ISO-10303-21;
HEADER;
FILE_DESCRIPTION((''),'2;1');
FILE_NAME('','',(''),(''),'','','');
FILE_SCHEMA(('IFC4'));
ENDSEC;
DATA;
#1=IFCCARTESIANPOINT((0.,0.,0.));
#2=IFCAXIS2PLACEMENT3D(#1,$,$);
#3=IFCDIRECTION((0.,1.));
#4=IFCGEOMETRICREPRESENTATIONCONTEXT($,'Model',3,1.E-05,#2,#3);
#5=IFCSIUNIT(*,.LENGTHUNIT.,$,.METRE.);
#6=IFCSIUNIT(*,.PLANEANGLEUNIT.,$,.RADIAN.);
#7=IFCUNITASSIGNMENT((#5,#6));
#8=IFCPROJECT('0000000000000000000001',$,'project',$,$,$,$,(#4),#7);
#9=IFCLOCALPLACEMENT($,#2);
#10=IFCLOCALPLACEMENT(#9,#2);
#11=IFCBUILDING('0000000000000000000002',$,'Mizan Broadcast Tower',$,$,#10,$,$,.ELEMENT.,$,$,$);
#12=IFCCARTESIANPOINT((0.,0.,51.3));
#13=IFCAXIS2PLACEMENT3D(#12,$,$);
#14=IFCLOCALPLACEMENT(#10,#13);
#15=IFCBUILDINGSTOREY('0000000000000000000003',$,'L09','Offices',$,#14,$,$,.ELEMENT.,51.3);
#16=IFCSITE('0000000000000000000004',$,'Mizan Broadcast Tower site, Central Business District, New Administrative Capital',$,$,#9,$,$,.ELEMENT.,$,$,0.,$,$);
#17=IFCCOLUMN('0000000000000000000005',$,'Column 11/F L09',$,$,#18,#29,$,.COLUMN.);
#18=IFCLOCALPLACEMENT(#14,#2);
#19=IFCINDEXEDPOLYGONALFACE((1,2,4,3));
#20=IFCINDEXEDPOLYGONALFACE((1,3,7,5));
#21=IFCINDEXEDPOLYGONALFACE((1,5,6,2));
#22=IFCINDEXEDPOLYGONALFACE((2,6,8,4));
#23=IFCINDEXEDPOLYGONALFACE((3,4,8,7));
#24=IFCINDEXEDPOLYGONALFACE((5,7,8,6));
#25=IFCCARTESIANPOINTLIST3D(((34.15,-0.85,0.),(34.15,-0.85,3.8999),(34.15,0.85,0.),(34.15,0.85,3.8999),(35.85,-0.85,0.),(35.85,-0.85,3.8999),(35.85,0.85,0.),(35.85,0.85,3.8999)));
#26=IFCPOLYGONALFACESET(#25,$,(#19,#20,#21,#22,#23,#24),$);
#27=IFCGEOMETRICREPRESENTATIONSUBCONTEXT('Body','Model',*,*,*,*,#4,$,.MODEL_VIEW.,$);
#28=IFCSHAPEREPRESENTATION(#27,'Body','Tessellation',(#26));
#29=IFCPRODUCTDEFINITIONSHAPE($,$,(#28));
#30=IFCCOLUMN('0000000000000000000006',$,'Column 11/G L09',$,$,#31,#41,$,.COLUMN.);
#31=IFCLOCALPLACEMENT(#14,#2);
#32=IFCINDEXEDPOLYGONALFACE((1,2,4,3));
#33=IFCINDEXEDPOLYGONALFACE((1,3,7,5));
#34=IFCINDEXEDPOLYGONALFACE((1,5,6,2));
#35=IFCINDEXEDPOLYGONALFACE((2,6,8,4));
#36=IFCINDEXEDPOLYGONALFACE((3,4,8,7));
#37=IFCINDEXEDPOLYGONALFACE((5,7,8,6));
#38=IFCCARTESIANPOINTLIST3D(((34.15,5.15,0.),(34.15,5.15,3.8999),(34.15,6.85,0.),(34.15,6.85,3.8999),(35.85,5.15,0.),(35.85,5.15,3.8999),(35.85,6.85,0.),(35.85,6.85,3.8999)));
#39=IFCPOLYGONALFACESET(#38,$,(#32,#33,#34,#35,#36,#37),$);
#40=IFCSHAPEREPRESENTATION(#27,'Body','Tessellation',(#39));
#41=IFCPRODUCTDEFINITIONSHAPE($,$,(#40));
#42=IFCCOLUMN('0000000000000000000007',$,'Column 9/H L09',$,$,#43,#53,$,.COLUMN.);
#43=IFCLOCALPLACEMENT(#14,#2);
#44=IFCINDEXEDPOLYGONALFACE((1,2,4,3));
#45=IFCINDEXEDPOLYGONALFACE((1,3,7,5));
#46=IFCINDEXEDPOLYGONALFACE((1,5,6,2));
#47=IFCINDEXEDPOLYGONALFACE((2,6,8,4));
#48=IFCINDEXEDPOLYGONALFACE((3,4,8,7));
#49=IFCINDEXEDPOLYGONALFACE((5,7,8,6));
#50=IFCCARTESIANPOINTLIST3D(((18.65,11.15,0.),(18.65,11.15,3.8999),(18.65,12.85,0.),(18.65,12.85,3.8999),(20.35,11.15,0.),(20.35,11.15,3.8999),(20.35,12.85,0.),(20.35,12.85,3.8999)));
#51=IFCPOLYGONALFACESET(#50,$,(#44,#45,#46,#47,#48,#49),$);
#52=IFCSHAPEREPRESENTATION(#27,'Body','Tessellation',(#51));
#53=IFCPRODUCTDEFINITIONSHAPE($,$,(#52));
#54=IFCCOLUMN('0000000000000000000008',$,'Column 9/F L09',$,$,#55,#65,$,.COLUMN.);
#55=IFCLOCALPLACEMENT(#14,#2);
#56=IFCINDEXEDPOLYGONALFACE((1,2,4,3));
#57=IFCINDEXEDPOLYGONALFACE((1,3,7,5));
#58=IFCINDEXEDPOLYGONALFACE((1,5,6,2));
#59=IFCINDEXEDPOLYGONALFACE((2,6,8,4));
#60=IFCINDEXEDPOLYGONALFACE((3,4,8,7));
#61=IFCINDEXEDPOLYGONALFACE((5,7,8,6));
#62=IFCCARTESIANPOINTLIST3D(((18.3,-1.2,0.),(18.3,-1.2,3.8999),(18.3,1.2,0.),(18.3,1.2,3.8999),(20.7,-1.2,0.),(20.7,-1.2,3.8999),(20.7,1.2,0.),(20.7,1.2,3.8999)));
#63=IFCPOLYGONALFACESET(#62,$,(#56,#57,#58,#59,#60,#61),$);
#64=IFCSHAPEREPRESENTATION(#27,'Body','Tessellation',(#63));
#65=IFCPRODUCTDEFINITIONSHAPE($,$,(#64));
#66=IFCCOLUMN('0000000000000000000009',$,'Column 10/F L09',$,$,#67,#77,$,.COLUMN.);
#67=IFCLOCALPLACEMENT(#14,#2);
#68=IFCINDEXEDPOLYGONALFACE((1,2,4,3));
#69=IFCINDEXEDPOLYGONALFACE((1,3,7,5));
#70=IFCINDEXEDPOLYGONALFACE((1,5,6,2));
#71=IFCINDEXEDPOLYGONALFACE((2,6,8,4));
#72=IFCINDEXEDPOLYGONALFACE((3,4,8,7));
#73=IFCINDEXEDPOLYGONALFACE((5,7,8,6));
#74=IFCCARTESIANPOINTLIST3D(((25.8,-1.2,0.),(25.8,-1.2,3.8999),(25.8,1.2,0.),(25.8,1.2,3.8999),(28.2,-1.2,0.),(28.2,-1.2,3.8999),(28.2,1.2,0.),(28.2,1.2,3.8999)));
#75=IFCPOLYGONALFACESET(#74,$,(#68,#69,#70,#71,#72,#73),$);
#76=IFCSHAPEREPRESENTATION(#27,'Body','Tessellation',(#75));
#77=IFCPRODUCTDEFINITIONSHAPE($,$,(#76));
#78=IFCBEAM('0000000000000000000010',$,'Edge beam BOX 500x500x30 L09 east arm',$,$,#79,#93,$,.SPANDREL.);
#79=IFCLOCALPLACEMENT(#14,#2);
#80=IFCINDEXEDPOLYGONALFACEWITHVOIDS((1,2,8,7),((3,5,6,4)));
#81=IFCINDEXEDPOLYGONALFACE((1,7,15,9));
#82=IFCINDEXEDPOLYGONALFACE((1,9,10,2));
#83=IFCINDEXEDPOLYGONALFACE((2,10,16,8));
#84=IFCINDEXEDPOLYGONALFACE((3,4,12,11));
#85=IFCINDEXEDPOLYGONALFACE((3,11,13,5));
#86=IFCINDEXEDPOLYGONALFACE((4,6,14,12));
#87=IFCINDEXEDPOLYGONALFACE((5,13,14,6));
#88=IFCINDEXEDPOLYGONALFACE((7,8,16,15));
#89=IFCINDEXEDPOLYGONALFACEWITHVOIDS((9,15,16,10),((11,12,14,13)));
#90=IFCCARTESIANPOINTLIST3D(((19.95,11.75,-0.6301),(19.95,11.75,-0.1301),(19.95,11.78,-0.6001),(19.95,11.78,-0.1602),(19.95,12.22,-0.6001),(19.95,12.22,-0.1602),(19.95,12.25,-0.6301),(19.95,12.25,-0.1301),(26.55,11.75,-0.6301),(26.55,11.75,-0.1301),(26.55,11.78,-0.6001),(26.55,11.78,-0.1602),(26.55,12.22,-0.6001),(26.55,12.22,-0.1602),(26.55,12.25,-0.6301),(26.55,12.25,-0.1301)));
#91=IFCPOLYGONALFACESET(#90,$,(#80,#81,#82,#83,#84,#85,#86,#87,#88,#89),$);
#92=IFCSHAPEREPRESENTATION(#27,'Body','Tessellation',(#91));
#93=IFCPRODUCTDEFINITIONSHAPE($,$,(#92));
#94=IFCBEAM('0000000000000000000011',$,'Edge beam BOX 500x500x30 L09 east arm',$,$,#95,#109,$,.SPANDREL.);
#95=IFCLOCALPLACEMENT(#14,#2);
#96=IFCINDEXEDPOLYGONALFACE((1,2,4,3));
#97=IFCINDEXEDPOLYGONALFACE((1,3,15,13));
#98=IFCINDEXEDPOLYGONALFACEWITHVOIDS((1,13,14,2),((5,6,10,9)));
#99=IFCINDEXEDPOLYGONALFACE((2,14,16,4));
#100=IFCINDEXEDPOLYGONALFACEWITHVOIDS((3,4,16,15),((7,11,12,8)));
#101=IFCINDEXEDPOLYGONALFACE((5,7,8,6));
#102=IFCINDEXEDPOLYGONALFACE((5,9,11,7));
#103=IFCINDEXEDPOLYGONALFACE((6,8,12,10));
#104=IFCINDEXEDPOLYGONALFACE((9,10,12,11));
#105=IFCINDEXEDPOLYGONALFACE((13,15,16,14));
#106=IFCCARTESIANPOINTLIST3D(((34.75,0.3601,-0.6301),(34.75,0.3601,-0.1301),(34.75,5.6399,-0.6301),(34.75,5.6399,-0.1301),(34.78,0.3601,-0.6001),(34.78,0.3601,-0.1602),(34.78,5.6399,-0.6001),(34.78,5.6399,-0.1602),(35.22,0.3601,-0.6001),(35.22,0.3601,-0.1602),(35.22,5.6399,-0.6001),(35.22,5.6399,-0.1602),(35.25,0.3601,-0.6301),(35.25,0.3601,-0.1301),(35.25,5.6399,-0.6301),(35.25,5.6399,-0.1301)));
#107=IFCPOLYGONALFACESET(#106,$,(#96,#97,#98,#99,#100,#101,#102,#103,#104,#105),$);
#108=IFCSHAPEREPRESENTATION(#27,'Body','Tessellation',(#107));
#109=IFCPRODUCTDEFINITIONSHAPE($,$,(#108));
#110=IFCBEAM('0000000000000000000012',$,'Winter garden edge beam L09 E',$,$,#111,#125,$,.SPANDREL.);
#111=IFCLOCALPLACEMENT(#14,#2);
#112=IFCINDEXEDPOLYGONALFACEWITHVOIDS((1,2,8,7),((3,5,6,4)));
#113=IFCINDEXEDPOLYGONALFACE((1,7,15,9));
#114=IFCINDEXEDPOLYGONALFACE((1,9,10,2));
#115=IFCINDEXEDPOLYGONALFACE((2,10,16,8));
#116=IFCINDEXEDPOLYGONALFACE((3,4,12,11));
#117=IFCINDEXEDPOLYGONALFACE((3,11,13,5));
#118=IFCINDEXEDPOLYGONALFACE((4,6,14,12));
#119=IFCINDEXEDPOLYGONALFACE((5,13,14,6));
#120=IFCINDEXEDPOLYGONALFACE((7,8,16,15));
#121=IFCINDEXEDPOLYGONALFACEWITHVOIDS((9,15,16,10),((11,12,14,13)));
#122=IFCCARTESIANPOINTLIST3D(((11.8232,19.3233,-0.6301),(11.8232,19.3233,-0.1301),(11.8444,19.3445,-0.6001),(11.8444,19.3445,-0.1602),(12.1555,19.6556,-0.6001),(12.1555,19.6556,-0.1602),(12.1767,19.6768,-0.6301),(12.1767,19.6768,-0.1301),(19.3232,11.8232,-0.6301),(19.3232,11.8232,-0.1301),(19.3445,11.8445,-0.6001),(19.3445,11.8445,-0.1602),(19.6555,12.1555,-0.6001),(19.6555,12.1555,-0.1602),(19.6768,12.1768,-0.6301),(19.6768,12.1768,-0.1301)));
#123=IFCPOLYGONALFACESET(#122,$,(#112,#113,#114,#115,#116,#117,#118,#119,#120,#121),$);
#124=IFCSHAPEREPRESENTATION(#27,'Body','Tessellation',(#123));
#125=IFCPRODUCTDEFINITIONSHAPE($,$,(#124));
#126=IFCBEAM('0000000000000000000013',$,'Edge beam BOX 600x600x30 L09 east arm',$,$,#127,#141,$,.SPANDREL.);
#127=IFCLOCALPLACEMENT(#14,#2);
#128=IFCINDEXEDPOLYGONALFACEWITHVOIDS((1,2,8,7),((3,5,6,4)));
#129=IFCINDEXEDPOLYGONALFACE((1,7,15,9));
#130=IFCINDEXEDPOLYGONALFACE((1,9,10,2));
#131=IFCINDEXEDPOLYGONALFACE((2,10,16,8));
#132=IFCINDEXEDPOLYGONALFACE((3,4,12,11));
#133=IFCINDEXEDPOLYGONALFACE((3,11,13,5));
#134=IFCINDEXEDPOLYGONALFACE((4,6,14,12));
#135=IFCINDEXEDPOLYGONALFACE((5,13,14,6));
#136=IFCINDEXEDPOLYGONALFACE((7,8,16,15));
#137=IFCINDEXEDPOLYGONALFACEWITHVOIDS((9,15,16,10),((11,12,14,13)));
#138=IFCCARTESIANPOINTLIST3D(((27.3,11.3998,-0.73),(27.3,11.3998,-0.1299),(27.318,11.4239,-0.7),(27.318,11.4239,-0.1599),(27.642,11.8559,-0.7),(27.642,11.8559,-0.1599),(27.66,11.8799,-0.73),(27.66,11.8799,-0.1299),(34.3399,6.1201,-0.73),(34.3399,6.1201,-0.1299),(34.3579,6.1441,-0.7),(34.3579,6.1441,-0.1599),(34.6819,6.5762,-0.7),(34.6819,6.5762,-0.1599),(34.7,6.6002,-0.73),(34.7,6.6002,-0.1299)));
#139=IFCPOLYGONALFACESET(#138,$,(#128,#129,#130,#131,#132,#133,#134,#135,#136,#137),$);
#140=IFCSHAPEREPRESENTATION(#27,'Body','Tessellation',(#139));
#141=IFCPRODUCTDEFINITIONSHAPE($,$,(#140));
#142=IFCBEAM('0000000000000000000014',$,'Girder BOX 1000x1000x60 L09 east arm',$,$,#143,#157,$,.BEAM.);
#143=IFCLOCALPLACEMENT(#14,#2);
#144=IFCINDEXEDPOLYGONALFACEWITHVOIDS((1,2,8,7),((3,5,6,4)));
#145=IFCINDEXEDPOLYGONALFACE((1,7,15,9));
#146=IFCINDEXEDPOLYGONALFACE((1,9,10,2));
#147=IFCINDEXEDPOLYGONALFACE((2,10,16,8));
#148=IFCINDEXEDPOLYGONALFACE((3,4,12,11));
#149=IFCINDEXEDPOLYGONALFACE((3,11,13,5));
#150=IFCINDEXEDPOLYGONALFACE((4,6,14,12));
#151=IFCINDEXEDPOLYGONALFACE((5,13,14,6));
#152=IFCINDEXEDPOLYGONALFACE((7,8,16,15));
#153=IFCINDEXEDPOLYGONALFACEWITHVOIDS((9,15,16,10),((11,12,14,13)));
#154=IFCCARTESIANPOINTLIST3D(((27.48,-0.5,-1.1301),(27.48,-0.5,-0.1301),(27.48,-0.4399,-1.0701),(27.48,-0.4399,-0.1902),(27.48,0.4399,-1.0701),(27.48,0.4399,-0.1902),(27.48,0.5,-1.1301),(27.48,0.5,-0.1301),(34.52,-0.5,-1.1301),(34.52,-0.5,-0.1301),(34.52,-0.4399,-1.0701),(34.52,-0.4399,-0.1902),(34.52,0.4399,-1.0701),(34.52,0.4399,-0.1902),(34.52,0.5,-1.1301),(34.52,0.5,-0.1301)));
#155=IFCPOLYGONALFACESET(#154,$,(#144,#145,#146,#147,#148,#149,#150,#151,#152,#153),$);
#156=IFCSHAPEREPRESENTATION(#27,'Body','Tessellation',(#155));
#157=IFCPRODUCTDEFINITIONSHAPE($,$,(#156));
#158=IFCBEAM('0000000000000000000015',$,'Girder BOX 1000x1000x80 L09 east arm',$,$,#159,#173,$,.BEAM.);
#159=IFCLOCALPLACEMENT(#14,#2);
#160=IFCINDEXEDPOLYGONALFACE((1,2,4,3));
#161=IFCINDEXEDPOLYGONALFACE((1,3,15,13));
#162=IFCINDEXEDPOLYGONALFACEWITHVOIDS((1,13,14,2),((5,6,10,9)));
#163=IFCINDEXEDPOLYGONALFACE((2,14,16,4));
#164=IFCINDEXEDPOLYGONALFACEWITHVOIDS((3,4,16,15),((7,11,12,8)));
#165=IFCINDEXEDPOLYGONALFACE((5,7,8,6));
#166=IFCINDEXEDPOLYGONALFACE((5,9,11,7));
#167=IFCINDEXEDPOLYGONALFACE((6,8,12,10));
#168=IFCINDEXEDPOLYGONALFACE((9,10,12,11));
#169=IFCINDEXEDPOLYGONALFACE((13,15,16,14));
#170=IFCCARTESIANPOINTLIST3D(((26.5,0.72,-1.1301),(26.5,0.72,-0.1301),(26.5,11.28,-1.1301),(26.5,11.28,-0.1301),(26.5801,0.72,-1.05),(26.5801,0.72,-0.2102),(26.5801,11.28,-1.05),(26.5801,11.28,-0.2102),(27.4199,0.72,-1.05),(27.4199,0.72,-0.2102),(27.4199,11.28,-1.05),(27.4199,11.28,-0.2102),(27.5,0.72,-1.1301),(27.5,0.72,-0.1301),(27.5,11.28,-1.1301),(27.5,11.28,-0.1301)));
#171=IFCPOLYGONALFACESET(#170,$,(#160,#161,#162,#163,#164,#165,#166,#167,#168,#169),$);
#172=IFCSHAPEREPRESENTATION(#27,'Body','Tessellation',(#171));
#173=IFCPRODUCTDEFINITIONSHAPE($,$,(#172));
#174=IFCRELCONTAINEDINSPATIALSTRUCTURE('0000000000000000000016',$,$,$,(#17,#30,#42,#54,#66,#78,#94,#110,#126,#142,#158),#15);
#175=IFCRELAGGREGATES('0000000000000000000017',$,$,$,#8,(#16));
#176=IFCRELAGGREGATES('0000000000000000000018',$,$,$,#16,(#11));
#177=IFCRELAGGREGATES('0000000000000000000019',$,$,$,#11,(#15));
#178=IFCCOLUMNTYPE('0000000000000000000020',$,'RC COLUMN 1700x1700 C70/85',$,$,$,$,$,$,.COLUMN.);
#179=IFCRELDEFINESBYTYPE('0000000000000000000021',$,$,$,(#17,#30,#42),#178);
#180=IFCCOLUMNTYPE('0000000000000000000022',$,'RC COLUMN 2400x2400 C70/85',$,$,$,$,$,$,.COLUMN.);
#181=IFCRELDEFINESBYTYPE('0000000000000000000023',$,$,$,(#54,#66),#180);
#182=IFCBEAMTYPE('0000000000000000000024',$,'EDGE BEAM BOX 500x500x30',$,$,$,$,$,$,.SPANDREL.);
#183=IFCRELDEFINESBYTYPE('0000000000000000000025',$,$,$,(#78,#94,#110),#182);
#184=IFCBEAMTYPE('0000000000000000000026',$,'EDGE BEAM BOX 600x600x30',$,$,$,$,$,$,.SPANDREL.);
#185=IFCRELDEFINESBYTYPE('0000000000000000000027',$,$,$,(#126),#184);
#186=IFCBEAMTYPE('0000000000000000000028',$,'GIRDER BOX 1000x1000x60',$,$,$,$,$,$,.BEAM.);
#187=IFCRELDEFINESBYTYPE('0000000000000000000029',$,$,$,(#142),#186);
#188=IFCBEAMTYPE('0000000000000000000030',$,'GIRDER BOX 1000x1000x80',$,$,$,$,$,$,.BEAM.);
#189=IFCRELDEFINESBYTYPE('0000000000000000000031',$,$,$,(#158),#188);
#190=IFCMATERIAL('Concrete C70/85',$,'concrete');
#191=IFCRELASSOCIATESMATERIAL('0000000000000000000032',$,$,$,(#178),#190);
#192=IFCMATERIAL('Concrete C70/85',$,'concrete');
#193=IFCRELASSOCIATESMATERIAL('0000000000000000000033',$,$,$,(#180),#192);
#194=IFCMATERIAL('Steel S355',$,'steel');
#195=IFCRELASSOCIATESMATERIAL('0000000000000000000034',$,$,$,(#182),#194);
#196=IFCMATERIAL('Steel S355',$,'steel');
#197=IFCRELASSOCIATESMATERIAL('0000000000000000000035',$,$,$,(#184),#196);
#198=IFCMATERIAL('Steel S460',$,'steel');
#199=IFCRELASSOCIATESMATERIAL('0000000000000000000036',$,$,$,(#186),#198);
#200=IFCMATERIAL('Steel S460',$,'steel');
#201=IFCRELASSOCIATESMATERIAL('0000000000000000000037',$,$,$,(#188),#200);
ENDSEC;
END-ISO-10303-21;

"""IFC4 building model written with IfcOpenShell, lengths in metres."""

from ifc_helpers import new_model, si_unit, direction, frame, origin, origin_2d, place, context, subcontext, project, spatial, rectangle, hollow_rectangle, extrude, material, material_profile, profile_set, type_object, element, save


model = new_model("IFC4")

# Units and contexts
model_context = context("Model", 3, precision=1e-05, world=origin(), true_north=direction((0.0, 1.0)))
body_context = subcontext(model_context, "Body", "Model", "MODEL_VIEW")
ifc_project = project(units=[si_unit("LENGTHUNIT", "METRE"), si_unit("PLANEANGLEUNIT", "RADIAN")], contexts=[model_context])

# Site, building, storey
site_placement = place(None, origin())
site = spatial("IfcSite", under=ifc_project, at=site_placement, Name="Mizan Broadcast Tower site, Central Business District, New Administrative Capital", CompositionType="ELEMENT", RefElevation=0.0)
building_placement = place(site_placement, origin())
building = spatial("IfcBuilding", under=site, at=building_placement, Name="Mizan Broadcast Tower", CompositionType="ELEMENT")
storey_placement = place(building_placement, frame((0.0, 0.0, 51.3)))
storey = spatial("IfcBuildingStorey", under=building, at=storey_placement, Name="L09", Description="Offices", CompositionType="ELEMENT", Elevation=51.3)

# Columns
ifc_material_1 = material(Name="Concrete C70/85", Category="concrete")
ifc_material_profile_1 = material_profile(ifc_material_1, rectangle(XDim=1.7, YDim=1.7, at=origin_2d()), Name="RC 1700x1700")
ifc_profile_set_1 = profile_set([ifc_material_profile_1], Name="Concrete C70/85")
column_type_1 = type_object("IfcColumnType", Name="RC COLUMN 1700x1700 C70/85", PredefinedType="COLUMN", material=ifc_profile_set_1)
for number, where, z_axis, x_axis, name in (
    (1, (35.0, 0.0, 0.0), (0.0, 0.0, 1.0), (1.0, 0.0, 0.0), "Column 11/F L09"),
    (2, (35.0, 6.0, 0.0), (0.0, 0.0, 1.0), (1.0, 0.0, 0.0), "Column 11/G L09"),
    (3, (19.5, 12.0, 0.0), (0.0, 0.0, 1.0), (1.0, 0.0, 0.0), "Column 9/H L09"),
):
    element("IfcColumn", number, at=place(storey_placement, frame(where, z_axis=z_axis, x_axis=x_axis)), inside=storey, type_object=column_type_1, Name=name, PredefinedType="COLUMN", context=body_context, shape_type="SweptSolid", body=[
        extrude(rectangle(XDim=1.7, YDim=1.7, at=origin_2d()), origin(), (0.0, 0.0, 1.0), 3.8999),
    ])
ifc_material_2 = material(Name="Concrete C70/85", Category="concrete")
ifc_material_profile_2 = material_profile(ifc_material_2, rectangle(XDim=2.3999, YDim=2.3999, at=origin_2d()), Name="RC 2400x2400")
ifc_profile_set_2 = profile_set([ifc_material_profile_2], Name="Concrete C70/85")
column_type_2 = type_object("IfcColumnType", Name="RC COLUMN 2400x2400 C70/85", PredefinedType="COLUMN", material=ifc_profile_set_2)
for number, where, z_axis, x_axis, name in (
    (4, (19.5, 0.0, 0.0), (0.0, 0.0, 1.0), (1.0, 0.0, 0.0), "Column 9/F L09"),
    (5, (27.0, 0.0, 0.0), (0.0, 0.0, 1.0), (1.0, 0.0, 0.0), "Column 10/F L09"),
):
    element("IfcColumn", number, at=place(storey_placement, frame(where, z_axis=z_axis, x_axis=x_axis)), inside=storey, type_object=column_type_2, Name=name, PredefinedType="COLUMN", context=body_context, shape_type="SweptSolid", body=[
        extrude(rectangle(XDim=2.3999, YDim=2.3999, at=origin_2d()), origin(), (0.0, 0.0, 1.0), 3.8999),
    ])

# Beams
ifc_material_3 = material(Name="Steel S355", Category="steel")
ifc_material_profile_3 = material_profile(ifc_material_3, hollow_rectangle(XDim=0.5, YDim=0.5, WallThickness=0.03, at=origin_2d()), Name="BOX 500x500x30")
ifc_profile_set_3 = profile_set([ifc_material_profile_3], Name="Steel S355")
beam_type_1 = type_object("IfcBeamType", Name="EDGE BEAM BOX 500x500x30", PredefinedType="SPANDREL", material=ifc_profile_set_3)
beam_1_placement = place(storey_placement, frame((19.95, 12.0, -0.3801), z_axis=(1.0, 0.0, 0.0), x_axis=(0.0, 1.0, 0.0)))
element("IfcBeam", 6, at=beam_1_placement, inside=storey, type_object=beam_type_1, Name="Edge beam BOX 500x500x30 L09 east arm", PredefinedType="SPANDREL", context=body_context, shape_type="SweptSolid", body=[
    extrude(hollow_rectangle(XDim=0.5, YDim=0.5, WallThickness=0.03, at=origin_2d()), origin(), (0.0, 0.0, 1.0), 6.6001),
])
beam_2_placement = place(storey_placement, frame((35.0, 5.6399, -0.3801), z_axis=(0.0, -1.0, 0.0), x_axis=(1.0, 0.0, 0.0)))
element("IfcBeam", 7, at=beam_2_placement, inside=storey, type_object=beam_type_1, Name="Edge beam BOX 500x500x30 L09 east arm", PredefinedType="SPANDREL", context=body_context, shape_type="SweptSolid", body=[
    extrude(hollow_rectangle(XDim=0.5, YDim=0.5, WallThickness=0.03, at=origin_2d()), origin(), (0.0, 0.0, 1.0), 5.2798),
])
beam_3_placement = place(storey_placement, frame((19.5, 12.0, -0.3801), z_axis=(-0.707107, 0.707107, 0.0), x_axis=(-0.707107, -0.707107, 0.0)))
element("IfcBeam", 8, at=beam_3_placement, inside=storey, type_object=beam_type_1, Name="Winter garden edge beam L09 E", PredefinedType="SPANDREL", context=body_context, shape_type="SweptSolid", body=[
    extrude(hollow_rectangle(XDim=0.5, YDim=0.5, WallThickness=0.03, at=origin_2d()), origin(), (0.0, 0.0, 1.0), 10.6067),
])
ifc_material_4 = material(Name="Steel S355", Category="steel")
ifc_material_profile_4 = material_profile(ifc_material_4, hollow_rectangle(XDim=0.6001, YDim=0.6001, WallThickness=0.03, at=origin_2d()), Name="BOX 600x600x30")
ifc_profile_set_4 = profile_set([ifc_material_profile_4], Name="Steel S355")
beam_type_2 = type_object("IfcBeamType", Name="EDGE BEAM BOX 600x600x30", PredefinedType="SPANDREL", material=ifc_profile_set_4)
beam_4_placement = place(storey_placement, frame((27.48, 11.6399, -0.4299), z_axis=(0.800013, -0.599982, 0.0), x_axis=(0.599982, 0.800013, 0.0)))
element("IfcBeam", 9, at=beam_4_placement, inside=storey, type_object=beam_type_2, Name="Edge beam BOX 600x600x30 L09 east arm", PredefinedType="SPANDREL", context=body_context, shape_type="SweptSolid", body=[
    extrude(hollow_rectangle(XDim=0.6001, YDim=0.6001, WallThickness=0.03, at=origin_2d()), origin(), (0.0, 0.0, 1.0), 8.7998),
])
ifc_material_5 = material(Name="Steel S460", Category="steel")
ifc_material_profile_5 = material_profile(ifc_material_5, hollow_rectangle(XDim=1.0, YDim=1.0, WallThickness=0.0601, at=origin_2d()), Name="BOX 1000x1000x60")
ifc_profile_set_5 = profile_set([ifc_material_profile_5], Name="Steel S460")
beam_type_3 = type_object("IfcBeamType", Name="GIRDER BOX 1000x1000x60", PredefinedType="BEAM", material=ifc_profile_set_5)
beam_5_placement = place(storey_placement, frame((27.48, 0.0, -0.6301), z_axis=(1.0, 0.0, 0.0), x_axis=(0.0, 1.0, 0.0)))
element("IfcBeam", 10, at=beam_5_placement, inside=storey, type_object=beam_type_3, Name="Girder BOX 1000x1000x60 L09 east arm", PredefinedType="BEAM", context=body_context, shape_type="SweptSolid", body=[
    extrude(hollow_rectangle(XDim=1.0, YDim=1.0, WallThickness=0.0601, at=origin_2d()), origin(), (0.0, 0.0, 1.0), 7.04),
])
ifc_material_6 = material(Name="Steel S460", Category="steel")
ifc_material_profile_6 = material_profile(ifc_material_6, hollow_rectangle(XDim=1.0, YDim=1.0, WallThickness=0.0801, at=origin_2d()), Name="BOX 1000x1000x80")
ifc_profile_set_6 = profile_set([ifc_material_profile_6], Name="Steel S460")
beam_type_4 = type_object("IfcBeamType", Name="GIRDER BOX 1000x1000x80", PredefinedType="BEAM", material=ifc_profile_set_6)
beam_6_placement = place(storey_placement, frame((27.0, 11.28, -0.6301), z_axis=(0.0, -1.0, 0.0), x_axis=(1.0, 0.0, 0.0)))
element("IfcBeam", 11, at=beam_6_placement, inside=storey, type_object=beam_type_4, Name="Girder BOX 1000x1000x80 L09 east arm", PredefinedType="BEAM", context=body_context, shape_type="SweptSolid", body=[
    extrude(hollow_rectangle(XDim=1.0, YDim=1.0, WallThickness=0.0801, at=origin_2d()), origin(), (0.0, 0.0, 1.0), 10.5601),
])

save(model, "model.ifc")
